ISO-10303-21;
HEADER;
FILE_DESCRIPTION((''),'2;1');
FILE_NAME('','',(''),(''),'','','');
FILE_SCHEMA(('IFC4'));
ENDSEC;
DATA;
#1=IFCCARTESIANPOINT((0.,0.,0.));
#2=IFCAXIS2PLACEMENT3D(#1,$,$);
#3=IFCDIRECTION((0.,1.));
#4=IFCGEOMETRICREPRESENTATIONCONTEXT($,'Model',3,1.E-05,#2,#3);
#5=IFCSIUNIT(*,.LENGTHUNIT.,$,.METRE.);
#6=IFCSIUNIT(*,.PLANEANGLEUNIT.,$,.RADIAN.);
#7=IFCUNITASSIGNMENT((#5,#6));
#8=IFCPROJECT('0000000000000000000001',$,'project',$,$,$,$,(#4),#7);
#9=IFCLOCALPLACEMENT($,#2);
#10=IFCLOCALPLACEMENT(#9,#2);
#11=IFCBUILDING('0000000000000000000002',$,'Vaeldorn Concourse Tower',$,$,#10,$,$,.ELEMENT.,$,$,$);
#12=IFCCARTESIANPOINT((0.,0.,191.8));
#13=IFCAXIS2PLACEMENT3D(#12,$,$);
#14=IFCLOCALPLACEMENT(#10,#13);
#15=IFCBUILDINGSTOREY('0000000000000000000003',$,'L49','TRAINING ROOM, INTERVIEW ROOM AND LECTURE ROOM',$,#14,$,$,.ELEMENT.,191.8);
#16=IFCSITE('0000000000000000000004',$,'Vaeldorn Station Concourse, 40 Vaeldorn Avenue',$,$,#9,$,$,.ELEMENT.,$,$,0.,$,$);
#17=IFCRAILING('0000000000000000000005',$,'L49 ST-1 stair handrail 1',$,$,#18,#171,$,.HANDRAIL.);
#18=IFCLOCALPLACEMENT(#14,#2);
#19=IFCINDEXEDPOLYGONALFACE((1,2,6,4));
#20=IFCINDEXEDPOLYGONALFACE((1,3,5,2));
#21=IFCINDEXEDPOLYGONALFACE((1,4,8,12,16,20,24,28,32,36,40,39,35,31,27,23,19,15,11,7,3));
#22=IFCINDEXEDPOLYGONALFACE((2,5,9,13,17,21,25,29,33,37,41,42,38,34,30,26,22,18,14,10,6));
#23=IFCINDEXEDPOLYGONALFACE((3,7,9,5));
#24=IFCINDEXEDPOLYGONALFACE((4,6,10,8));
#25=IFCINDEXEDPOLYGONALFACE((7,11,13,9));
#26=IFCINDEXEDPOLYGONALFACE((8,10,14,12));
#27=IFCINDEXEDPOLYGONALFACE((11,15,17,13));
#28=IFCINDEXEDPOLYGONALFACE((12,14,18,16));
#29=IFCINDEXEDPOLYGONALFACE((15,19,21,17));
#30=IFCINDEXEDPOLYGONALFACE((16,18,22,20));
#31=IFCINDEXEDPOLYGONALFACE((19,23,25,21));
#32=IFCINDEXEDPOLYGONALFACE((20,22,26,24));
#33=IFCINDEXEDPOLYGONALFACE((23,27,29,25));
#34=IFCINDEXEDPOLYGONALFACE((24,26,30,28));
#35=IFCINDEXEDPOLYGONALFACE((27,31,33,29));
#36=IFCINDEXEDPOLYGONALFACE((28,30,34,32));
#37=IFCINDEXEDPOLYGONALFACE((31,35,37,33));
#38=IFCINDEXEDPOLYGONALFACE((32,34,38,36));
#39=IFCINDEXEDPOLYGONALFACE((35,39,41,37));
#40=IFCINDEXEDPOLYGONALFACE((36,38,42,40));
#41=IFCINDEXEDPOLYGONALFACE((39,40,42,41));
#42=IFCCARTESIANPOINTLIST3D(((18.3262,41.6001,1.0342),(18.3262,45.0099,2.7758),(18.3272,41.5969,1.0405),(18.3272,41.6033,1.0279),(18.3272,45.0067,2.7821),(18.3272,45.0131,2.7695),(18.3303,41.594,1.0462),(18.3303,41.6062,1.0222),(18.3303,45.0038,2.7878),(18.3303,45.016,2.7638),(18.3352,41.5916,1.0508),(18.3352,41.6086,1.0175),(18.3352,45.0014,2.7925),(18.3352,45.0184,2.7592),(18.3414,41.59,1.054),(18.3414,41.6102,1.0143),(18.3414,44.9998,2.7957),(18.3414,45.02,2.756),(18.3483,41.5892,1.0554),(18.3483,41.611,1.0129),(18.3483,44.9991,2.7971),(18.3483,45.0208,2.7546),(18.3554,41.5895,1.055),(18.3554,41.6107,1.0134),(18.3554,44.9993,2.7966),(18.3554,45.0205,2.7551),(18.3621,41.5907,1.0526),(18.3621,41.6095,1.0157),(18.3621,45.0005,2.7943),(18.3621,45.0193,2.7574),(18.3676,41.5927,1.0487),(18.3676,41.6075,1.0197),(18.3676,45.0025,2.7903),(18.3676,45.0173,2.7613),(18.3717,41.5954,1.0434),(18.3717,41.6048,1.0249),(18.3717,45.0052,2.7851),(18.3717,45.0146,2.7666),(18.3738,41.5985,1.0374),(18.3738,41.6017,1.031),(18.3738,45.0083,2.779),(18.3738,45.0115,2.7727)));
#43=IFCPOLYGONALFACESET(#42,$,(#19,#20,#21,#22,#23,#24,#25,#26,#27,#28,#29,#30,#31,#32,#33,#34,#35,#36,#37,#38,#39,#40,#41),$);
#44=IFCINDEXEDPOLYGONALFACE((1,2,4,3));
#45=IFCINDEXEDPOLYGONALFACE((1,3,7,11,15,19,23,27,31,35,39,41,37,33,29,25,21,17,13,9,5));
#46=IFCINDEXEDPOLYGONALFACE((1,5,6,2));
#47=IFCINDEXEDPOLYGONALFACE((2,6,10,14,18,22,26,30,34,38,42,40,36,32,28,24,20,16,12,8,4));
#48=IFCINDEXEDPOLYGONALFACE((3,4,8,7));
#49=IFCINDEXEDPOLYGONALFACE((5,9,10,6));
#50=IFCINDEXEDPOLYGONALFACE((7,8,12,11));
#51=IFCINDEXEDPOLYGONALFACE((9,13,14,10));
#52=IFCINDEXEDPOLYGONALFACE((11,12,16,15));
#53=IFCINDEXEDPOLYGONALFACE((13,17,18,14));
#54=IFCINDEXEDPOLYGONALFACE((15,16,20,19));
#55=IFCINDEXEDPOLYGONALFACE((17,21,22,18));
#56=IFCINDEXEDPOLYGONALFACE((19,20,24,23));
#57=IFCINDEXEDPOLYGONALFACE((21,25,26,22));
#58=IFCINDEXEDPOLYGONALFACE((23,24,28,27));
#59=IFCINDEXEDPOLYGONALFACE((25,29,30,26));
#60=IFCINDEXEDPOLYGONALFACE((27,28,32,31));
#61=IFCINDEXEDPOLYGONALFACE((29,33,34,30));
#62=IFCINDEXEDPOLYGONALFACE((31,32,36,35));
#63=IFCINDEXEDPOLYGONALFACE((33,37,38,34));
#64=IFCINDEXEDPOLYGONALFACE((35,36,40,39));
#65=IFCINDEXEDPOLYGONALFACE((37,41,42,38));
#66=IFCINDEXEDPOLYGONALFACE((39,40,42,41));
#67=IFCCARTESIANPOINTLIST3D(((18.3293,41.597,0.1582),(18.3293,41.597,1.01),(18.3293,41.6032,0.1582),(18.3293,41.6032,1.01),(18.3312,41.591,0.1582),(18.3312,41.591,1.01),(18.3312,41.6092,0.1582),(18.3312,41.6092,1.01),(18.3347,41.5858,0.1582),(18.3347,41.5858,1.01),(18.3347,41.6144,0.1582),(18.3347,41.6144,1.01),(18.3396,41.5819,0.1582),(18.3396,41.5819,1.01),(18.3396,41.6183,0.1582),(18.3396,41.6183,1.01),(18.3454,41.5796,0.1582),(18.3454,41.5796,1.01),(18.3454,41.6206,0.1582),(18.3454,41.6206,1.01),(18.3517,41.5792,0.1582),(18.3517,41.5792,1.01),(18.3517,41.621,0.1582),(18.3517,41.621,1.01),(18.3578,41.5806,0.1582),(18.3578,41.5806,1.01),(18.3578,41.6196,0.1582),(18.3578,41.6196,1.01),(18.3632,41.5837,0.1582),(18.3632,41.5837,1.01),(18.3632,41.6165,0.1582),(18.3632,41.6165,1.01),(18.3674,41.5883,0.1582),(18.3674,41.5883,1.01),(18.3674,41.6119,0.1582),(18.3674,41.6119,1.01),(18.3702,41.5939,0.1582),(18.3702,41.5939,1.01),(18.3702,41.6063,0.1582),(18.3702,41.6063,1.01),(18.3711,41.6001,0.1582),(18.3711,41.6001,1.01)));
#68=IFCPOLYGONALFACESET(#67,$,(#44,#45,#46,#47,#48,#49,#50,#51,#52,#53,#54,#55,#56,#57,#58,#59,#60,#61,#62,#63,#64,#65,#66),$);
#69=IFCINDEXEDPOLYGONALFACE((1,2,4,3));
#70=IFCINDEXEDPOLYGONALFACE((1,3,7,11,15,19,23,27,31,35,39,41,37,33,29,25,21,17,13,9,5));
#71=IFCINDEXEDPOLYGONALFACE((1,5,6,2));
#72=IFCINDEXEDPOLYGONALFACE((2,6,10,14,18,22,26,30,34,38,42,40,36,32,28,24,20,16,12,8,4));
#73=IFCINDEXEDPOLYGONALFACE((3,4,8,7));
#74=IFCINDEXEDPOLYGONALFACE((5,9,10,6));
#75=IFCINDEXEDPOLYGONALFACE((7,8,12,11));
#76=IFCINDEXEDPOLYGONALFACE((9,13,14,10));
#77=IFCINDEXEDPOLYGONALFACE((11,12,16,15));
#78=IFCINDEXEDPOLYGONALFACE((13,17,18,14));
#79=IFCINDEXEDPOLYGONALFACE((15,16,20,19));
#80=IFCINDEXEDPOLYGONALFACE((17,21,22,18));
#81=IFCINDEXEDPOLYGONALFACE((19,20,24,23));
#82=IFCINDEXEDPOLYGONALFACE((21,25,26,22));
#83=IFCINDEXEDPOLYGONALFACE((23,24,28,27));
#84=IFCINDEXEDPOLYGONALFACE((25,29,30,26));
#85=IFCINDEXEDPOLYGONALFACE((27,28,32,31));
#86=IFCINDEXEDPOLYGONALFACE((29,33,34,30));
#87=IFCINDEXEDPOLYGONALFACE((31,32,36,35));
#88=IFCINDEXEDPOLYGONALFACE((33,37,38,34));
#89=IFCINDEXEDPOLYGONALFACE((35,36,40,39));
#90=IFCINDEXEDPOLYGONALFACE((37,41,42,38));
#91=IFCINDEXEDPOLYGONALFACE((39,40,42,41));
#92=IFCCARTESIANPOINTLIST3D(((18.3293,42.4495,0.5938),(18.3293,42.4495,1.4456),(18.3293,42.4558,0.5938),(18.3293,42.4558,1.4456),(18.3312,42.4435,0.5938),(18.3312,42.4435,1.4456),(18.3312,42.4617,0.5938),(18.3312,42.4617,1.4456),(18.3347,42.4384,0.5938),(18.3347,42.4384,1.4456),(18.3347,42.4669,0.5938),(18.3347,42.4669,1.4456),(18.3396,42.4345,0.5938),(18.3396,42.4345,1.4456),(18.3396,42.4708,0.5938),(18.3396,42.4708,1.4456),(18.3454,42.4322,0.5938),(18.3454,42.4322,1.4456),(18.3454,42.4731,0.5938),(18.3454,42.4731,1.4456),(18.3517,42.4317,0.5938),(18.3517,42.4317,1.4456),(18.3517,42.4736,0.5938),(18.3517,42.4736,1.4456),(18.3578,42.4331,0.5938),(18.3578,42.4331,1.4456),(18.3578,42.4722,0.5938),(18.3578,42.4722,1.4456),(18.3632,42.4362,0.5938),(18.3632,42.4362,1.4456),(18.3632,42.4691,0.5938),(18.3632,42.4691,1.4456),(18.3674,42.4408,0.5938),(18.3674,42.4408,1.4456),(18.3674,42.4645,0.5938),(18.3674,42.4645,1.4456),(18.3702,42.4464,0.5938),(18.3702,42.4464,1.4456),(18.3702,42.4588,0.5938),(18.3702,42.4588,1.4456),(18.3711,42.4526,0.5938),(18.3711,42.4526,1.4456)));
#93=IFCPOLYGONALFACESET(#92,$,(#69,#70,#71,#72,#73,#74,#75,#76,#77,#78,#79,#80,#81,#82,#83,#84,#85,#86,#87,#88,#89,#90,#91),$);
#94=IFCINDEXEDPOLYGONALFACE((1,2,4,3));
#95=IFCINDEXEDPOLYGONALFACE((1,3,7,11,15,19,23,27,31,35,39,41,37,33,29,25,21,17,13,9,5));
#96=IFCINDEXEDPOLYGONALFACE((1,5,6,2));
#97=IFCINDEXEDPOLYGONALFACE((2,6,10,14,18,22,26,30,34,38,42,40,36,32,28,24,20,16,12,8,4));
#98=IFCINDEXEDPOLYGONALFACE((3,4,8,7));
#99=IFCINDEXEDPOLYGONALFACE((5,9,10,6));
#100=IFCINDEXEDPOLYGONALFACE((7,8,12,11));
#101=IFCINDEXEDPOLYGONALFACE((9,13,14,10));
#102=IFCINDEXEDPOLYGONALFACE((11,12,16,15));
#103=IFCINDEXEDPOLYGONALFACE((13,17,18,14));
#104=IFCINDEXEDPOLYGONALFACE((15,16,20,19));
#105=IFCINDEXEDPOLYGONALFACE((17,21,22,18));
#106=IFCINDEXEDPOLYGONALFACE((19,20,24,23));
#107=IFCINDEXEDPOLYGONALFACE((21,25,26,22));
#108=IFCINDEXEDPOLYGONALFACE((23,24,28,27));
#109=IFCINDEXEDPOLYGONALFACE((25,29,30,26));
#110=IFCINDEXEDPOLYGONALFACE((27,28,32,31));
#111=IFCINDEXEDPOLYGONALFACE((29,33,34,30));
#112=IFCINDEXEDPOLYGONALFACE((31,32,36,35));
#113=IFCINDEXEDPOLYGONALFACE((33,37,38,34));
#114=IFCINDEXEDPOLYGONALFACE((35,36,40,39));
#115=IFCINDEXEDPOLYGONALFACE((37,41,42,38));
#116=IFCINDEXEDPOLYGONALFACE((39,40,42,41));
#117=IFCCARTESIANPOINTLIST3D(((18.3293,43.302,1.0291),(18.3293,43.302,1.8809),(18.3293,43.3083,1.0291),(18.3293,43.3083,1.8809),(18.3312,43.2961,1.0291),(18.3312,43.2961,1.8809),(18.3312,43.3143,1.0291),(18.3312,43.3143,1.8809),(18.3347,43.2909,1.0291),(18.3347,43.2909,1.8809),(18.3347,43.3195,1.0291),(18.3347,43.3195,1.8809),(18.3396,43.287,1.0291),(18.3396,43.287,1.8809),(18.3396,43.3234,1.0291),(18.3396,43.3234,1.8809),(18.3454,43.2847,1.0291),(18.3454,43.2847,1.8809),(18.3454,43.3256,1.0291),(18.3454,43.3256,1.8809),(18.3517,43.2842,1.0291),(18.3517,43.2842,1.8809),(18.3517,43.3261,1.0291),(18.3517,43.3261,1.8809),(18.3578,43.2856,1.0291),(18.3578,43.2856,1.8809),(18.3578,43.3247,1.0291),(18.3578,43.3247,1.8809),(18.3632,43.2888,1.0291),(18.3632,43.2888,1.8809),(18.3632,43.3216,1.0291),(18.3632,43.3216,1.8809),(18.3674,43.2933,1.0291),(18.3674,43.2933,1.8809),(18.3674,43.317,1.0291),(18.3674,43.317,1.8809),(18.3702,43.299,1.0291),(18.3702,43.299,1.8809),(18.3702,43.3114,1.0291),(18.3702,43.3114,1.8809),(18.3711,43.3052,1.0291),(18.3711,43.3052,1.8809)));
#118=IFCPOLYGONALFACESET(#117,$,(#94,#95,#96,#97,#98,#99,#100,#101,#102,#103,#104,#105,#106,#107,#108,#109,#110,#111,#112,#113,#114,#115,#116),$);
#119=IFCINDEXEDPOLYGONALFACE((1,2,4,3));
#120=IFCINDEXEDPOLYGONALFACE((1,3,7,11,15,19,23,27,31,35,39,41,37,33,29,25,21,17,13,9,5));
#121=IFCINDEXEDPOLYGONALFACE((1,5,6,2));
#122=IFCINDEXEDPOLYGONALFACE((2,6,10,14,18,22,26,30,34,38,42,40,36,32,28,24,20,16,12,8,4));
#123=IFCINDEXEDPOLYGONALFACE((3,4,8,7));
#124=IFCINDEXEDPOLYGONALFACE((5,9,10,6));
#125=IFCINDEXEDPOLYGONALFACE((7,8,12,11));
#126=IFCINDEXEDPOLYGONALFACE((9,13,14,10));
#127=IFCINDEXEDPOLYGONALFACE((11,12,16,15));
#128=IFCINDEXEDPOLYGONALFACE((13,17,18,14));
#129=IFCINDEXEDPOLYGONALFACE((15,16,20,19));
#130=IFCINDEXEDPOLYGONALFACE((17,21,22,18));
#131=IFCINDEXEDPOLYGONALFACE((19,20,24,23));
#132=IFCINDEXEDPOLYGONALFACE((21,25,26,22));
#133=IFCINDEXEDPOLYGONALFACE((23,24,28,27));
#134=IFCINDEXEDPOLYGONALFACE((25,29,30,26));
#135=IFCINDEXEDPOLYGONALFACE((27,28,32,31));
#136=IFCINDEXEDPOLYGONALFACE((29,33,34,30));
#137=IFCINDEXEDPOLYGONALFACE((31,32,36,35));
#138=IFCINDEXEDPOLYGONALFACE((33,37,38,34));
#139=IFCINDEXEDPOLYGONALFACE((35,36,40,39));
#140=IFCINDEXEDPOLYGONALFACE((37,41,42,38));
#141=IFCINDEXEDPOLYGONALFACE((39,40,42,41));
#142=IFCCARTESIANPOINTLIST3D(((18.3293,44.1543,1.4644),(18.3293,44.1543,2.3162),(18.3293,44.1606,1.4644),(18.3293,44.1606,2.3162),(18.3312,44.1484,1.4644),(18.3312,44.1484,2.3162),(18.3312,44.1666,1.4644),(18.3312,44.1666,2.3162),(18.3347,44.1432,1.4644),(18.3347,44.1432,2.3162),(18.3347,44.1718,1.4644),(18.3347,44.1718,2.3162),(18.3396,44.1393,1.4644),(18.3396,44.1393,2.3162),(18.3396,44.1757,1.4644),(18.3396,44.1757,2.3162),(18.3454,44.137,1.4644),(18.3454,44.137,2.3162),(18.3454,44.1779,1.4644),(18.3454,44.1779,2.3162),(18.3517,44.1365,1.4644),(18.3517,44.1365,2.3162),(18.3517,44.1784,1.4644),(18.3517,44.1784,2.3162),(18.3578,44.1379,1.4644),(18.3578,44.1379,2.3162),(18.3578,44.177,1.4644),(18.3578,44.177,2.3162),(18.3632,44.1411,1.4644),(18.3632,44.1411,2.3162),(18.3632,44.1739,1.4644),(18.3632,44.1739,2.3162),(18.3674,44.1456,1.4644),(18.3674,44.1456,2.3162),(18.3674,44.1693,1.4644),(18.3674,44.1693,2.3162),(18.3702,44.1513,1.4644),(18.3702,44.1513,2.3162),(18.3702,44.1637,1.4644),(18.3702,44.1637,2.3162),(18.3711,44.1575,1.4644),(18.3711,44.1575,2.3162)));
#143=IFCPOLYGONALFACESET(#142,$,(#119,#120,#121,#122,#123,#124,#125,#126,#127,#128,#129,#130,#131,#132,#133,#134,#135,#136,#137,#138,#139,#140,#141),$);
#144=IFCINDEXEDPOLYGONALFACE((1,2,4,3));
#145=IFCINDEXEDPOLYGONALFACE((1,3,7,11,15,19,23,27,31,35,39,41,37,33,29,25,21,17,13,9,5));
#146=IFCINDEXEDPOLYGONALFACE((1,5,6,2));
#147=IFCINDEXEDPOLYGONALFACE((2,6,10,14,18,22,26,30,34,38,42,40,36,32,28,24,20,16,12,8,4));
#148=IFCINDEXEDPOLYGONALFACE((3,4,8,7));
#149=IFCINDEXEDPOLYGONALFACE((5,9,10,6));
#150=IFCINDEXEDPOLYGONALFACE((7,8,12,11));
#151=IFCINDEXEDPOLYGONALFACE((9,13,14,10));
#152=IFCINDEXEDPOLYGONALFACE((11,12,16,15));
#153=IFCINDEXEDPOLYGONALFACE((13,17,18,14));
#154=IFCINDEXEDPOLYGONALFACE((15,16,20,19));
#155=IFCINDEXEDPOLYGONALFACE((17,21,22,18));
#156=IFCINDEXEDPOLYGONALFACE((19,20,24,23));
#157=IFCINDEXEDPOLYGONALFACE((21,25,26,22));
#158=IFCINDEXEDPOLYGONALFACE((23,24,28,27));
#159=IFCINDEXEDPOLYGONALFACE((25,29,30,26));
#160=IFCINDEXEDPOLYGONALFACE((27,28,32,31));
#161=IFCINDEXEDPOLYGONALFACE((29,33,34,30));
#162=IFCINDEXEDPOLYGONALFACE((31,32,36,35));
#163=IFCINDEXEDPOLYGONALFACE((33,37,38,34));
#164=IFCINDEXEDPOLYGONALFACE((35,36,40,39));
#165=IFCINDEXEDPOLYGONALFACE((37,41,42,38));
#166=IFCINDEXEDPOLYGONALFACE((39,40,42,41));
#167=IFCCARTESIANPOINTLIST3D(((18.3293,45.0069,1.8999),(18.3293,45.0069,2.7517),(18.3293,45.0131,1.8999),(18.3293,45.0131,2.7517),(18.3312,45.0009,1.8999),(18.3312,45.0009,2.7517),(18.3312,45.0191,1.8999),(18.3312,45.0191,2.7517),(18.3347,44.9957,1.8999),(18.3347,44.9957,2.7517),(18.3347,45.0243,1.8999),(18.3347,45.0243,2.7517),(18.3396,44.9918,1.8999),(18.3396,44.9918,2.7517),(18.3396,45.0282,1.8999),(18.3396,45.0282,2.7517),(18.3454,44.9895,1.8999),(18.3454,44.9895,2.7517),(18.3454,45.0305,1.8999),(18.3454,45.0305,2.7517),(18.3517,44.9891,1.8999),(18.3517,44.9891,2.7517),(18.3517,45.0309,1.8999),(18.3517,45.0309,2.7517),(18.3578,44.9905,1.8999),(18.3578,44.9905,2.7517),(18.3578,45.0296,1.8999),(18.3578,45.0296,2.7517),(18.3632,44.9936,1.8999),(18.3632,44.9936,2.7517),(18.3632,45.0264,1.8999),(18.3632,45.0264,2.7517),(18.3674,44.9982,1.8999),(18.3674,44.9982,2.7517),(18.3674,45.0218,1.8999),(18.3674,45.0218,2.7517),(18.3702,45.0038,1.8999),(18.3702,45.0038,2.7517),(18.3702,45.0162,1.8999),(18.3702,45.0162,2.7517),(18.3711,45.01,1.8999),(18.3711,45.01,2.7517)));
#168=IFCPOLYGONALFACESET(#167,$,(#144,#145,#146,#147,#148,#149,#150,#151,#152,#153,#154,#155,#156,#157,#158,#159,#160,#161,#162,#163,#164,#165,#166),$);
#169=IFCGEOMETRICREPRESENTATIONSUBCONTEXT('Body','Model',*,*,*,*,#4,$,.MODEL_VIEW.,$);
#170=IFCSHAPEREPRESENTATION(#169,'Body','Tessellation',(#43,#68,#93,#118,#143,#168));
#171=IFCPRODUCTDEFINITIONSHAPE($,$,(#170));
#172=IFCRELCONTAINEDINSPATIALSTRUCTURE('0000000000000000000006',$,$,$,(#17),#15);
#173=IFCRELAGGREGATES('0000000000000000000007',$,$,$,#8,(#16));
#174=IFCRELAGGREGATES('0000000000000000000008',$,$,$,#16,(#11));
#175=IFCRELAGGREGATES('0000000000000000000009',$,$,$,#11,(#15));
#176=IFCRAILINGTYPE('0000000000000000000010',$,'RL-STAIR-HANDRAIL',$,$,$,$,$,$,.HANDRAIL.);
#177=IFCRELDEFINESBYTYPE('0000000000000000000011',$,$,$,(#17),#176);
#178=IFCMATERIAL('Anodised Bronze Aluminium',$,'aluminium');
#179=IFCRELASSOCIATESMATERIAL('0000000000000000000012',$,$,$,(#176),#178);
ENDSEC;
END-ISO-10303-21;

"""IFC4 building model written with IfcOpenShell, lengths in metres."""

from ifc_helpers import new_model, si_unit, direction, frame, origin, origin_2d, place, context, subcontext, project, spatial, circle, extrude, material, type_object, element, save


model = new_model("IFC4")

# Units and contexts
model_context = context("Model", 3, precision=1e-05, world=origin(), true_north=direction((0.0, 1.0)))
body_context = subcontext(model_context, "Body", "Model", "MODEL_VIEW")
ifc_project = project(units=[si_unit("LENGTHUNIT", "METRE"), si_unit("PLANEANGLEUNIT", "RADIAN")], contexts=[model_context])

# Site, building, storey
site_placement = place(None, origin())
site = spatial("IfcSite", under=ifc_project, at=site_placement, Name="Vaeldorn Station Concourse, 40 Vaeldorn Avenue", CompositionType="ELEMENT", RefElevation=0.0)
building_placement = place(site_placement, origin())
building = spatial("IfcBuilding", under=site, at=building_placement, Name="Vaeldorn Concourse Tower", CompositionType="ELEMENT")
storey_placement = place(building_placement, frame((0.0, 0.0, 191.8)))
storey = spatial("IfcBuildingStorey", under=building, at=storey_placement, Name="L49", Description="TRAINING ROOM, INTERVIEW ROOM AND LECTURE ROOM", CompositionType="ELEMENT", Elevation=191.8)

# Shared definitions
ifc_material_1 = material(Name="Anodised Bronze Aluminium", Category="aluminium")

# Railing
railing_type_1 = type_object("IfcRailingType", Name="RL-STAIR-HANDRAIL", PredefinedType="HANDRAIL", material=ifc_material_1)
railing_1_placement = place(storey_placement, frame((18.3501, 41.6001, 0.1582)))
element("IfcRailing", 1, at=railing_1_placement, inside=storey, type_object=railing_type_1, Name="L49 ST-1 stair handrail 1", PredefinedType="HANDRAIL", context=body_context, shape_type="SweptSolid", body=[
    extrude(circle(Radius=0.0239, at=origin_2d()), frame((0.0, 0.0, 0.876), z_axis=(0.0, 0.890556, 0.454874), x_axis=(-1.0, 0.0, 0.0)), (0.0, 0.0, 1.0), 3.8289),
    extrude(circle(Radius=0.021, at=origin_2d()), origin(), (0.0, 0.0, 1.0), 0.8518),
    extrude(circle(Radius=0.021, at=origin_2d()), frame((0.0, 0.8525, 0.4355)), (0.0, 0.0, 1.0), 0.8518),
    extrude(circle(Radius=0.021, at=origin_2d()), frame((0.0, 1.7051, 0.8708)), (0.0, 0.0, 1.0), 0.8518),
    extrude(circle(Radius=0.021, at=origin_2d()), frame((0.0, 2.5574, 1.3062)), (0.0, 0.0, 1.0), 0.8518),
    extrude(circle(Radius=0.021, at=origin_2d()), frame((0.0, 3.4099, 1.7417)), (0.0, 0.0, 1.0), 0.8518),
])

save(model, "model.ifc")
